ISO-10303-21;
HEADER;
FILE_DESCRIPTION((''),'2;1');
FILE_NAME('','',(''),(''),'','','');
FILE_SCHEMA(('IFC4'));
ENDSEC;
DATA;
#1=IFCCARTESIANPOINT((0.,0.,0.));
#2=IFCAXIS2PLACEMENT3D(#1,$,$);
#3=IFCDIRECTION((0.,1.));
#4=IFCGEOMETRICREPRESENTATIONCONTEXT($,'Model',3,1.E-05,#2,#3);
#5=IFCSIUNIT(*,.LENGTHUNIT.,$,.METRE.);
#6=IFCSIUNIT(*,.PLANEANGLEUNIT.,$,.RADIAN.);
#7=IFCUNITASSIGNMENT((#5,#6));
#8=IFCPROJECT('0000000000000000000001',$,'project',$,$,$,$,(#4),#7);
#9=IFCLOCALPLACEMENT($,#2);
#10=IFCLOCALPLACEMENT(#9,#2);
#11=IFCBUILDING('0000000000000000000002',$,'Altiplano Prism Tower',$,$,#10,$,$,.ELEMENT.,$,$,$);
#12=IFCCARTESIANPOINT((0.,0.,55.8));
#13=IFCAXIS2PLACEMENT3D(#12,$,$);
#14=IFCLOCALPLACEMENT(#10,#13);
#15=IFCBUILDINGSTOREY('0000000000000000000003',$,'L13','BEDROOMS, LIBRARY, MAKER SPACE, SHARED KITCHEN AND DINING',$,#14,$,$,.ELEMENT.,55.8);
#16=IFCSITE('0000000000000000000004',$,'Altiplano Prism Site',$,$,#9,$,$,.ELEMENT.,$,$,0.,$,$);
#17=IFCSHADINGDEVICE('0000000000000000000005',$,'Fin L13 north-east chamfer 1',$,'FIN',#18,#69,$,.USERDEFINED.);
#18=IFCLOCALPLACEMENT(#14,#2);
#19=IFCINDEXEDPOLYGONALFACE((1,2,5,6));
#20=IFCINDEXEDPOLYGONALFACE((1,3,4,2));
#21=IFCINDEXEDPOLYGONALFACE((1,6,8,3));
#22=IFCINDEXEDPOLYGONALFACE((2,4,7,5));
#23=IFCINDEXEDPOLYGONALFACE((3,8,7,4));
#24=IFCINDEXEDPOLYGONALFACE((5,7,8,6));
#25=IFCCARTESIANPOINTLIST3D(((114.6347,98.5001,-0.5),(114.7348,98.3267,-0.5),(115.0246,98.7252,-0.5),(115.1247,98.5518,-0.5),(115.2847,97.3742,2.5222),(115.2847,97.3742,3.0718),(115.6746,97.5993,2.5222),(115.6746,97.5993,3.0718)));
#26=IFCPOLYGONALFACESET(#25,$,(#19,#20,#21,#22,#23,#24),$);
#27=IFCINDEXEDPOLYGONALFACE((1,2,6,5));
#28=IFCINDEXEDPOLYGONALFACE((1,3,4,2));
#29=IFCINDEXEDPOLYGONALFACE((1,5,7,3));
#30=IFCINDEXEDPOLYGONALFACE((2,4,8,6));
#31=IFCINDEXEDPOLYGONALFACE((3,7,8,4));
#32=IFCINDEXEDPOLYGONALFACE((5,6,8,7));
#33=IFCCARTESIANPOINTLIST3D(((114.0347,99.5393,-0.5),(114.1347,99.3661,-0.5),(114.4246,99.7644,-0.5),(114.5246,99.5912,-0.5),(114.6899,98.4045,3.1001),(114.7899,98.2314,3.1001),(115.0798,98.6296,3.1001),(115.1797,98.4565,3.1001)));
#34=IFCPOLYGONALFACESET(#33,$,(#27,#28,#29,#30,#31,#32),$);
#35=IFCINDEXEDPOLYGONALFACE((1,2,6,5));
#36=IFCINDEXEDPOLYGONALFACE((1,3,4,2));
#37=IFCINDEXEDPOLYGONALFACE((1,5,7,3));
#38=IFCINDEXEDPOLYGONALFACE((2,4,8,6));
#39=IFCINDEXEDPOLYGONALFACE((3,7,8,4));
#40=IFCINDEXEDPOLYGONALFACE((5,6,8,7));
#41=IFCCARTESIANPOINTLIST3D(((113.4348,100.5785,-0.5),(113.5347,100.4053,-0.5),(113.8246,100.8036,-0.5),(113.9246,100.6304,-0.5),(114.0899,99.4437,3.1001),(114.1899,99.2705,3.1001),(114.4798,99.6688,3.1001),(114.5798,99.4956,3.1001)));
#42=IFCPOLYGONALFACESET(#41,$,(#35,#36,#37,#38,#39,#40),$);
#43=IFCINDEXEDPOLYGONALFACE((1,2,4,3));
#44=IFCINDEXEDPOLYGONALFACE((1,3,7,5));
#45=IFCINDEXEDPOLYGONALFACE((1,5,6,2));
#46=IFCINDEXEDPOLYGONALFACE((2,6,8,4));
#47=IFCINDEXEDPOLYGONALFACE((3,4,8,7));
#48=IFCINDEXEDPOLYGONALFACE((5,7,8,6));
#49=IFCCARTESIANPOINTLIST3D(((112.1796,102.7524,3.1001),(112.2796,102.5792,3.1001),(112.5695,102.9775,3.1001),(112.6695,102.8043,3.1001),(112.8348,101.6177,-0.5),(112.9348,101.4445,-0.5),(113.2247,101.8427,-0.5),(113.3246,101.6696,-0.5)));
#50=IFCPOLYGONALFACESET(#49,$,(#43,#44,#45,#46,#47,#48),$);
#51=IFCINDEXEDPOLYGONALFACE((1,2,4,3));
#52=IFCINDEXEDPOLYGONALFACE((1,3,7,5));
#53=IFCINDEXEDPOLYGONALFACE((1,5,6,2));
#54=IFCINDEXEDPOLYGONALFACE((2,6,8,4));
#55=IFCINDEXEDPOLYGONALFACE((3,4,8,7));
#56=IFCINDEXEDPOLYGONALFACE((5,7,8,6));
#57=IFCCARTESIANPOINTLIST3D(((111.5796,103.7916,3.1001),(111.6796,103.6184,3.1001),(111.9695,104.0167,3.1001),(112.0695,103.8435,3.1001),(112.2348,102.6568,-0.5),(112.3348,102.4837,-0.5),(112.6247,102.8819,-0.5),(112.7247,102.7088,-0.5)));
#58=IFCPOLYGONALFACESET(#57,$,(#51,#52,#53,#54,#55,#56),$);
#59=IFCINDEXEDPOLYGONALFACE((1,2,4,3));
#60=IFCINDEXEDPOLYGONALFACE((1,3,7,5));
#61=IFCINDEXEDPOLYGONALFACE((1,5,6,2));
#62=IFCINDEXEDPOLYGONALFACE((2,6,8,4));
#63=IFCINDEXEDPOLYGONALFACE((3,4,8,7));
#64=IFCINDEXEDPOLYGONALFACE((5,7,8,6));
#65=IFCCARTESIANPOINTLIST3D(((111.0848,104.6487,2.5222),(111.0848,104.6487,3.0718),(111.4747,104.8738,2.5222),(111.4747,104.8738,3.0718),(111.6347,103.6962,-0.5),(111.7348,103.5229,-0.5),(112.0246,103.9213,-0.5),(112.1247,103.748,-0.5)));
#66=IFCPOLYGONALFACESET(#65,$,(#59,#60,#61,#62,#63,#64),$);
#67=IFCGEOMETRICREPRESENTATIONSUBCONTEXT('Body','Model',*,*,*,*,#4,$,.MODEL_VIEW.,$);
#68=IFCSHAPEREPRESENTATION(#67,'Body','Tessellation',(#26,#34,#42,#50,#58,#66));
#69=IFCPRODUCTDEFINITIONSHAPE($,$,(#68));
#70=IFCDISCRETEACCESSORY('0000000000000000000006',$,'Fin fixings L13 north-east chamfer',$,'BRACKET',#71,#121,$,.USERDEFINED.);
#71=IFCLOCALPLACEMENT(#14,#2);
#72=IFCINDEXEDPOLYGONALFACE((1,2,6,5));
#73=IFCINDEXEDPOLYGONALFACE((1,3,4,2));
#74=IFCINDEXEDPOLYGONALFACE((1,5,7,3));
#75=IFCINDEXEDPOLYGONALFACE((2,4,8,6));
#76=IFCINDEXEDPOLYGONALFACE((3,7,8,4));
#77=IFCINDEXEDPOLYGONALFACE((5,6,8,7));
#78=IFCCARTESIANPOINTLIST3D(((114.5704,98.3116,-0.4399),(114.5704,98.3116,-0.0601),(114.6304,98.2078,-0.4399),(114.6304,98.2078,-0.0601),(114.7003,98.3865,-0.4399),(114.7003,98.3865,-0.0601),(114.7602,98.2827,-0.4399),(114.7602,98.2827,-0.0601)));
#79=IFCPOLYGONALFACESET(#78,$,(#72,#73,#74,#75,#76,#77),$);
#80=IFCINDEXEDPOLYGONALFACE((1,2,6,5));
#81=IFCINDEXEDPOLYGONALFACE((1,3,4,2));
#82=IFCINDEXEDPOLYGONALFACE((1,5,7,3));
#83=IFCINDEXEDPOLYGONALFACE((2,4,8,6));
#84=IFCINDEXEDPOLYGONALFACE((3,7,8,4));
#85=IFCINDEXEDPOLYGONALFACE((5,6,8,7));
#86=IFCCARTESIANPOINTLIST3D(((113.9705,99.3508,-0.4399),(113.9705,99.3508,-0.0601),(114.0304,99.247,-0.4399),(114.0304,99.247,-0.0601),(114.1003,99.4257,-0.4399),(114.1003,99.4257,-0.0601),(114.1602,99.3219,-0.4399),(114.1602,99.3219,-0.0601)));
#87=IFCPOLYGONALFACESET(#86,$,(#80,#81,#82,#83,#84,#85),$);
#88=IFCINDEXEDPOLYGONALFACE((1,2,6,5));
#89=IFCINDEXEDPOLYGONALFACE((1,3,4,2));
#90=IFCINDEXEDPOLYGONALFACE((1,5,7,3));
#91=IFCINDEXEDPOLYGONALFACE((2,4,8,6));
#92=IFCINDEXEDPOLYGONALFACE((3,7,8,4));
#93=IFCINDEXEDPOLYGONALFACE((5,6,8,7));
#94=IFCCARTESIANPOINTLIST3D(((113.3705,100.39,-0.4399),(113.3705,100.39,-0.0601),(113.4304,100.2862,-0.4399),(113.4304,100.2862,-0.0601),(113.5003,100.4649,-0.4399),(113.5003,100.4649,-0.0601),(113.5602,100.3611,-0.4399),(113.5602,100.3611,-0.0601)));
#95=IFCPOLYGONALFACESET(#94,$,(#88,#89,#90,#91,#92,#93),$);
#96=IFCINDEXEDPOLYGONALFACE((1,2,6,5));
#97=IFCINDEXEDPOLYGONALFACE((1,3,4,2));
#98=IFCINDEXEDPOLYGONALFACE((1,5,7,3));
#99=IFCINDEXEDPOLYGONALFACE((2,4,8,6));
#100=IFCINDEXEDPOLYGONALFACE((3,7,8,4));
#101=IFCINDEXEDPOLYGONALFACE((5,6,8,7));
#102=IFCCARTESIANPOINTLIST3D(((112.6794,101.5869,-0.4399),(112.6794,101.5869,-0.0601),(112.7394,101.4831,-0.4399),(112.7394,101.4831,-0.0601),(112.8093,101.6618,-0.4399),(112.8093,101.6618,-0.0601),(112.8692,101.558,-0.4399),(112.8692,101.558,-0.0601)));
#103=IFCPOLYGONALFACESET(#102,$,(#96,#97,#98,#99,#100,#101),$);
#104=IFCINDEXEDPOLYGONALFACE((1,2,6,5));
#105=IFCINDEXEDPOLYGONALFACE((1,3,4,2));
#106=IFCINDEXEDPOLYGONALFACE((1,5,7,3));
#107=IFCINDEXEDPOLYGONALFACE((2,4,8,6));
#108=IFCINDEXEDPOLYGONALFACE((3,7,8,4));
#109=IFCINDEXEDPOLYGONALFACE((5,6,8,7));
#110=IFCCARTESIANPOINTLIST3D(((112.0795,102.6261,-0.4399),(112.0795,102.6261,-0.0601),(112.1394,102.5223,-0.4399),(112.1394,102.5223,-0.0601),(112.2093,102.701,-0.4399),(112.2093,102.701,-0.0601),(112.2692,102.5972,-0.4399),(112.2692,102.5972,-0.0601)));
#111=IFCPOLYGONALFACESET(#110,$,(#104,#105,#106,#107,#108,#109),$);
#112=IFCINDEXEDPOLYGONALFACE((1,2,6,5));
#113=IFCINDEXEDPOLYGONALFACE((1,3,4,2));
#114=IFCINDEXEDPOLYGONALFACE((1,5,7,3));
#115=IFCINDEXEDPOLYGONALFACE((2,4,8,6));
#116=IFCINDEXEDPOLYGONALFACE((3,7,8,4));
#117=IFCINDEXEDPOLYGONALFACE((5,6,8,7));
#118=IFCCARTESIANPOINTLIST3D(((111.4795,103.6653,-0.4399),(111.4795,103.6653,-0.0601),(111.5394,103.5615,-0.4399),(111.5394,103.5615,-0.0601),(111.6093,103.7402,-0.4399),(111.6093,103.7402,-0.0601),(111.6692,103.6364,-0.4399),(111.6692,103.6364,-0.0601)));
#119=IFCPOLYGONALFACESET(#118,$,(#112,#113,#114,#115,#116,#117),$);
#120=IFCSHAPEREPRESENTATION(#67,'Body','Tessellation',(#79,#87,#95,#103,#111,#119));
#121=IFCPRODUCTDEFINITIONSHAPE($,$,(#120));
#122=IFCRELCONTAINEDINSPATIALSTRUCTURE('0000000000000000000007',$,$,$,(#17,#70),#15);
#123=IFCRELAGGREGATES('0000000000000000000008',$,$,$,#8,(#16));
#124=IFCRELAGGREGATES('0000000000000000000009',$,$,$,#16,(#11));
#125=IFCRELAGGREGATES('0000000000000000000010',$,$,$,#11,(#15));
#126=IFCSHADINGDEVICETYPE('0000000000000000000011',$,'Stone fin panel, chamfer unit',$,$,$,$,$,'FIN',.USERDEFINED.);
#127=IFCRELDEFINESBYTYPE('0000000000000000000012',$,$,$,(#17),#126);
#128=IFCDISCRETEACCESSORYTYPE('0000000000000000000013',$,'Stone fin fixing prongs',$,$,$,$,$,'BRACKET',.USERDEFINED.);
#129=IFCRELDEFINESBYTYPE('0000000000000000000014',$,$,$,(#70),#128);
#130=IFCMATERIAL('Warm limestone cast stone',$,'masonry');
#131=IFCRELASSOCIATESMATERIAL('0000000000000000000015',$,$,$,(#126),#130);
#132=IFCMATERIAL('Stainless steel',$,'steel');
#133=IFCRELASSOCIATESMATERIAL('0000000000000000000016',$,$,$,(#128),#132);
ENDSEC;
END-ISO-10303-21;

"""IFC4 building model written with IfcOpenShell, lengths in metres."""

from ifc_helpers import new_model, si_unit, direction, frame, origin, place, context, subcontext, project, spatial, polyline, outline, extrude, source, transform, mapped, material, type_object, element, save


model = new_model("IFC4")

# Units and contexts
model_context = context("Model", 3, precision=1e-05, world=origin(), true_north=direction((0.0, 1.0)))
body_context = subcontext(model_context, "Body", "Model", "MODEL_VIEW")
ifc_project = project(units=[si_unit("LENGTHUNIT", "METRE"), si_unit("PLANEANGLEUNIT", "RADIAN")], contexts=[model_context])

# Site, building, storey
site_placement = place(None, origin())
site = spatial("IfcSite", under=ifc_project, at=site_placement, Name="Altiplano Prism Site", CompositionType="ELEMENT", RefElevation=0.0)
building_placement = place(site_placement, origin())
building = spatial("IfcBuilding", under=site, at=building_placement, Name="Altiplano Prism Tower", CompositionType="ELEMENT")
storey_placement = place(building_placement, frame((0.0, 0.0, 55.8)))
storey = spatial("IfcBuildingStorey", under=building, at=storey_placement, Name="L13", Description="BEDROOMS, LIBRARY, MAKER SPACE, SHARED KITCHEN AND DINING", CompositionType="ELEMENT", Elevation=55.8)

# Shading device
ifc_material_1 = material(Name="Warm limestone cast stone", Category="masonry")
shading_device_type_1 = type_object("IfcShadingDeviceType", Name="Stone fin panel, chamfer unit", ElementType="FIN", PredefinedType="USERDEFINED", material=ifc_material_1)
shared_shape_1 = source(origin(), body_context, "Body", "SweptSolid", [
    extrude(outline(polyline([(-4.2, 3.5718), (-4.2, 3.0222), (-3.1001, 0.0), (-2.8999, 0.0), (-4.2, 3.5718)])), frame((0.0, -0.1499, 0.0), z_axis=(0.0, -1.0, 0.0), x_axis=(1.0, 0.0, 0.0)), (0.0, 0.0, 1.0), 0.4502),
    extrude(outline(polyline([(-3.2102, 3.6001), (-1.8999, 0.0), (-1.7, 0.0), (-3.0103, 3.6001), (-3.2102, 3.6001)])), frame((0.0, -0.1499, 0.0), z_axis=(0.0, -1.0, 0.0), x_axis=(1.0, 0.0, 0.0)), (0.0, 0.0, 1.0), 0.4502),
    extrude(outline(polyline([(-2.0103, 3.6001), (-0.7, 0.0), (-0.5, 0.0), (-1.8103, 3.6001), (-2.0103, 3.6001)])), frame((0.0, -0.1499, 0.0), z_axis=(0.0, -1.0, 0.0), x_axis=(1.0, 0.0, 0.0)), (0.0, 0.0, 1.0), 0.4502),
    extrude(outline(polyline([(1.8103, 3.6001), (0.5, 0.0), (0.7, 0.0), (2.0103, 3.6001), (1.8103, 3.6001)])), frame((0.0, -0.1499, 0.0), z_axis=(0.0, -1.0, 0.0), x_axis=(1.0, 0.0, 0.0)), (0.0, 0.0, 1.0), 0.4502),
    extrude(outline(polyline([(3.0103, 3.6001), (1.7, 0.0), (1.8999, 0.0), (3.2102, 3.6001), (3.0103, 3.6001)])), frame((0.0, -0.1499, 0.0), z_axis=(0.0, -1.0, 0.0), x_axis=(1.0, 0.0, 0.0)), (0.0, 0.0, 1.0), 0.4502),
    extrude(outline(polyline([(4.2, 3.0222), (4.2, 3.5718), (2.8999, 0.0), (3.1001, 0.0), (4.2, 3.0222)])), frame((0.0, -0.1499, 0.0), z_axis=(0.0, -1.0, 0.0), x_axis=(1.0, 0.0, 0.0)), (0.0, 0.0, 1.0), 0.4502),
])
shading_device_1_placement = place(storey_placement, origin())
element("IfcShadingDevice", 1, at=shading_device_1_placement, inside=storey, type_object=shading_device_type_1, Name="Fin L13 north-east chamfer 1", ObjectType="FIN", PredefinedType="USERDEFINED", context=body_context, shape_type="MappedRepresentation", body=[
    mapped(shared_shape_1, transform((113.0549, 100.9365, -0.5), x_axis=(-0.5, 0.866025, 0.0), y_axis=(-0.866025, -0.5, 0.0), z_axis=(0.0, 0.0, 1.0))),
])

# Discrete accessory
ifc_material_2 = material(Name="Stainless steel", Category="steel")
discrete_accessory_type = type_object("IfcDiscreteAccessoryType", Name="Stone fin fixing prongs", ElementType="BRACKET", PredefinedType="USERDEFINED", material=ifc_material_2)
shared_shape_2 = source(origin(), body_context, "Body", "SweptSolid", [
    extrude(outline(polyline([(-3.1509, 0.0601), (-3.031, 0.0601), (-3.031, 0.4399), (-3.1509, 0.4399), (-3.1509, 0.0601)])), frame((0.0, 0.0, 0.0), z_axis=(0.0, -1.0, 0.0), x_axis=(1.0, 0.0, 0.0)), (0.0, 0.0, 1.0), 0.1499),
    extrude(outline(polyline([(-1.9509, 0.0601), (-1.8311, 0.0601), (-1.8311, 0.4399), (-1.9509, 0.4399), (-1.9509, 0.0601)])), frame((0.0, 0.0, 0.0), z_axis=(0.0, -1.0, 0.0), x_axis=(1.0, 0.0, 0.0)), (0.0, 0.0, 1.0), 0.1499),
    extrude(outline(polyline([(-0.751, 0.0601), (-0.6311, 0.0601), (-0.6311, 0.4399), (-0.751, 0.4399), (-0.751, 0.0601)])), frame((0.0, 0.0, 0.0), z_axis=(0.0, -1.0, 0.0), x_axis=(1.0, 0.0, 0.0)), (0.0, 0.0, 1.0), 0.1499),
    extrude(outline(polyline([(0.6311, 0.0601), (0.751, 0.0601), (0.751, 0.4399), (0.6311, 0.4399), (0.6311, 0.0601)])), frame((0.0, 0.0, 0.0), z_axis=(0.0, -1.0, 0.0), x_axis=(1.0, 0.0, 0.0)), (0.0, 0.0, 1.0), 0.1499),
    extrude(outline(polyline([(1.8311, 0.0601), (1.9509, 0.0601), (1.9509, 0.4399), (1.8311, 0.4399), (1.8311, 0.0601)])), frame((0.0, 0.0, 0.0), z_axis=(0.0, -1.0, 0.0), x_axis=(1.0, 0.0, 0.0)), (0.0, 0.0, 1.0), 0.1499),
    extrude(outline(polyline([(3.031, 0.0601), (3.1509, 0.0601), (3.1509, 0.4399), (3.031, 0.4399), (3.031, 0.0601)])), frame((0.0, 0.0, 0.0), z_axis=(0.0, -1.0, 0.0), x_axis=(1.0, 0.0, 0.0)), (0.0, 0.0, 1.0), 0.1499),
])
discrete_accessory_1_placement = place(storey_placement, origin())
element("IfcDiscreteAccessory", 2, at=discrete_accessory_1_placement, inside=storey, type_object=discrete_accessory_type, Name="Fin fixings L13 north-east chamfer", ObjectType="BRACKET", PredefinedType="USERDEFINED", context=body_context, shape_type="MappedRepresentation", body=[
    mapped(shared_shape_2, transform((113.0549, 100.9365, -0.5), x_axis=(-0.5, 0.866025, 0.0), y_axis=(-0.866025, -0.5, 0.0), z_axis=(0.0, 0.0, 1.0))),
])

save(model, "model.ifc")
